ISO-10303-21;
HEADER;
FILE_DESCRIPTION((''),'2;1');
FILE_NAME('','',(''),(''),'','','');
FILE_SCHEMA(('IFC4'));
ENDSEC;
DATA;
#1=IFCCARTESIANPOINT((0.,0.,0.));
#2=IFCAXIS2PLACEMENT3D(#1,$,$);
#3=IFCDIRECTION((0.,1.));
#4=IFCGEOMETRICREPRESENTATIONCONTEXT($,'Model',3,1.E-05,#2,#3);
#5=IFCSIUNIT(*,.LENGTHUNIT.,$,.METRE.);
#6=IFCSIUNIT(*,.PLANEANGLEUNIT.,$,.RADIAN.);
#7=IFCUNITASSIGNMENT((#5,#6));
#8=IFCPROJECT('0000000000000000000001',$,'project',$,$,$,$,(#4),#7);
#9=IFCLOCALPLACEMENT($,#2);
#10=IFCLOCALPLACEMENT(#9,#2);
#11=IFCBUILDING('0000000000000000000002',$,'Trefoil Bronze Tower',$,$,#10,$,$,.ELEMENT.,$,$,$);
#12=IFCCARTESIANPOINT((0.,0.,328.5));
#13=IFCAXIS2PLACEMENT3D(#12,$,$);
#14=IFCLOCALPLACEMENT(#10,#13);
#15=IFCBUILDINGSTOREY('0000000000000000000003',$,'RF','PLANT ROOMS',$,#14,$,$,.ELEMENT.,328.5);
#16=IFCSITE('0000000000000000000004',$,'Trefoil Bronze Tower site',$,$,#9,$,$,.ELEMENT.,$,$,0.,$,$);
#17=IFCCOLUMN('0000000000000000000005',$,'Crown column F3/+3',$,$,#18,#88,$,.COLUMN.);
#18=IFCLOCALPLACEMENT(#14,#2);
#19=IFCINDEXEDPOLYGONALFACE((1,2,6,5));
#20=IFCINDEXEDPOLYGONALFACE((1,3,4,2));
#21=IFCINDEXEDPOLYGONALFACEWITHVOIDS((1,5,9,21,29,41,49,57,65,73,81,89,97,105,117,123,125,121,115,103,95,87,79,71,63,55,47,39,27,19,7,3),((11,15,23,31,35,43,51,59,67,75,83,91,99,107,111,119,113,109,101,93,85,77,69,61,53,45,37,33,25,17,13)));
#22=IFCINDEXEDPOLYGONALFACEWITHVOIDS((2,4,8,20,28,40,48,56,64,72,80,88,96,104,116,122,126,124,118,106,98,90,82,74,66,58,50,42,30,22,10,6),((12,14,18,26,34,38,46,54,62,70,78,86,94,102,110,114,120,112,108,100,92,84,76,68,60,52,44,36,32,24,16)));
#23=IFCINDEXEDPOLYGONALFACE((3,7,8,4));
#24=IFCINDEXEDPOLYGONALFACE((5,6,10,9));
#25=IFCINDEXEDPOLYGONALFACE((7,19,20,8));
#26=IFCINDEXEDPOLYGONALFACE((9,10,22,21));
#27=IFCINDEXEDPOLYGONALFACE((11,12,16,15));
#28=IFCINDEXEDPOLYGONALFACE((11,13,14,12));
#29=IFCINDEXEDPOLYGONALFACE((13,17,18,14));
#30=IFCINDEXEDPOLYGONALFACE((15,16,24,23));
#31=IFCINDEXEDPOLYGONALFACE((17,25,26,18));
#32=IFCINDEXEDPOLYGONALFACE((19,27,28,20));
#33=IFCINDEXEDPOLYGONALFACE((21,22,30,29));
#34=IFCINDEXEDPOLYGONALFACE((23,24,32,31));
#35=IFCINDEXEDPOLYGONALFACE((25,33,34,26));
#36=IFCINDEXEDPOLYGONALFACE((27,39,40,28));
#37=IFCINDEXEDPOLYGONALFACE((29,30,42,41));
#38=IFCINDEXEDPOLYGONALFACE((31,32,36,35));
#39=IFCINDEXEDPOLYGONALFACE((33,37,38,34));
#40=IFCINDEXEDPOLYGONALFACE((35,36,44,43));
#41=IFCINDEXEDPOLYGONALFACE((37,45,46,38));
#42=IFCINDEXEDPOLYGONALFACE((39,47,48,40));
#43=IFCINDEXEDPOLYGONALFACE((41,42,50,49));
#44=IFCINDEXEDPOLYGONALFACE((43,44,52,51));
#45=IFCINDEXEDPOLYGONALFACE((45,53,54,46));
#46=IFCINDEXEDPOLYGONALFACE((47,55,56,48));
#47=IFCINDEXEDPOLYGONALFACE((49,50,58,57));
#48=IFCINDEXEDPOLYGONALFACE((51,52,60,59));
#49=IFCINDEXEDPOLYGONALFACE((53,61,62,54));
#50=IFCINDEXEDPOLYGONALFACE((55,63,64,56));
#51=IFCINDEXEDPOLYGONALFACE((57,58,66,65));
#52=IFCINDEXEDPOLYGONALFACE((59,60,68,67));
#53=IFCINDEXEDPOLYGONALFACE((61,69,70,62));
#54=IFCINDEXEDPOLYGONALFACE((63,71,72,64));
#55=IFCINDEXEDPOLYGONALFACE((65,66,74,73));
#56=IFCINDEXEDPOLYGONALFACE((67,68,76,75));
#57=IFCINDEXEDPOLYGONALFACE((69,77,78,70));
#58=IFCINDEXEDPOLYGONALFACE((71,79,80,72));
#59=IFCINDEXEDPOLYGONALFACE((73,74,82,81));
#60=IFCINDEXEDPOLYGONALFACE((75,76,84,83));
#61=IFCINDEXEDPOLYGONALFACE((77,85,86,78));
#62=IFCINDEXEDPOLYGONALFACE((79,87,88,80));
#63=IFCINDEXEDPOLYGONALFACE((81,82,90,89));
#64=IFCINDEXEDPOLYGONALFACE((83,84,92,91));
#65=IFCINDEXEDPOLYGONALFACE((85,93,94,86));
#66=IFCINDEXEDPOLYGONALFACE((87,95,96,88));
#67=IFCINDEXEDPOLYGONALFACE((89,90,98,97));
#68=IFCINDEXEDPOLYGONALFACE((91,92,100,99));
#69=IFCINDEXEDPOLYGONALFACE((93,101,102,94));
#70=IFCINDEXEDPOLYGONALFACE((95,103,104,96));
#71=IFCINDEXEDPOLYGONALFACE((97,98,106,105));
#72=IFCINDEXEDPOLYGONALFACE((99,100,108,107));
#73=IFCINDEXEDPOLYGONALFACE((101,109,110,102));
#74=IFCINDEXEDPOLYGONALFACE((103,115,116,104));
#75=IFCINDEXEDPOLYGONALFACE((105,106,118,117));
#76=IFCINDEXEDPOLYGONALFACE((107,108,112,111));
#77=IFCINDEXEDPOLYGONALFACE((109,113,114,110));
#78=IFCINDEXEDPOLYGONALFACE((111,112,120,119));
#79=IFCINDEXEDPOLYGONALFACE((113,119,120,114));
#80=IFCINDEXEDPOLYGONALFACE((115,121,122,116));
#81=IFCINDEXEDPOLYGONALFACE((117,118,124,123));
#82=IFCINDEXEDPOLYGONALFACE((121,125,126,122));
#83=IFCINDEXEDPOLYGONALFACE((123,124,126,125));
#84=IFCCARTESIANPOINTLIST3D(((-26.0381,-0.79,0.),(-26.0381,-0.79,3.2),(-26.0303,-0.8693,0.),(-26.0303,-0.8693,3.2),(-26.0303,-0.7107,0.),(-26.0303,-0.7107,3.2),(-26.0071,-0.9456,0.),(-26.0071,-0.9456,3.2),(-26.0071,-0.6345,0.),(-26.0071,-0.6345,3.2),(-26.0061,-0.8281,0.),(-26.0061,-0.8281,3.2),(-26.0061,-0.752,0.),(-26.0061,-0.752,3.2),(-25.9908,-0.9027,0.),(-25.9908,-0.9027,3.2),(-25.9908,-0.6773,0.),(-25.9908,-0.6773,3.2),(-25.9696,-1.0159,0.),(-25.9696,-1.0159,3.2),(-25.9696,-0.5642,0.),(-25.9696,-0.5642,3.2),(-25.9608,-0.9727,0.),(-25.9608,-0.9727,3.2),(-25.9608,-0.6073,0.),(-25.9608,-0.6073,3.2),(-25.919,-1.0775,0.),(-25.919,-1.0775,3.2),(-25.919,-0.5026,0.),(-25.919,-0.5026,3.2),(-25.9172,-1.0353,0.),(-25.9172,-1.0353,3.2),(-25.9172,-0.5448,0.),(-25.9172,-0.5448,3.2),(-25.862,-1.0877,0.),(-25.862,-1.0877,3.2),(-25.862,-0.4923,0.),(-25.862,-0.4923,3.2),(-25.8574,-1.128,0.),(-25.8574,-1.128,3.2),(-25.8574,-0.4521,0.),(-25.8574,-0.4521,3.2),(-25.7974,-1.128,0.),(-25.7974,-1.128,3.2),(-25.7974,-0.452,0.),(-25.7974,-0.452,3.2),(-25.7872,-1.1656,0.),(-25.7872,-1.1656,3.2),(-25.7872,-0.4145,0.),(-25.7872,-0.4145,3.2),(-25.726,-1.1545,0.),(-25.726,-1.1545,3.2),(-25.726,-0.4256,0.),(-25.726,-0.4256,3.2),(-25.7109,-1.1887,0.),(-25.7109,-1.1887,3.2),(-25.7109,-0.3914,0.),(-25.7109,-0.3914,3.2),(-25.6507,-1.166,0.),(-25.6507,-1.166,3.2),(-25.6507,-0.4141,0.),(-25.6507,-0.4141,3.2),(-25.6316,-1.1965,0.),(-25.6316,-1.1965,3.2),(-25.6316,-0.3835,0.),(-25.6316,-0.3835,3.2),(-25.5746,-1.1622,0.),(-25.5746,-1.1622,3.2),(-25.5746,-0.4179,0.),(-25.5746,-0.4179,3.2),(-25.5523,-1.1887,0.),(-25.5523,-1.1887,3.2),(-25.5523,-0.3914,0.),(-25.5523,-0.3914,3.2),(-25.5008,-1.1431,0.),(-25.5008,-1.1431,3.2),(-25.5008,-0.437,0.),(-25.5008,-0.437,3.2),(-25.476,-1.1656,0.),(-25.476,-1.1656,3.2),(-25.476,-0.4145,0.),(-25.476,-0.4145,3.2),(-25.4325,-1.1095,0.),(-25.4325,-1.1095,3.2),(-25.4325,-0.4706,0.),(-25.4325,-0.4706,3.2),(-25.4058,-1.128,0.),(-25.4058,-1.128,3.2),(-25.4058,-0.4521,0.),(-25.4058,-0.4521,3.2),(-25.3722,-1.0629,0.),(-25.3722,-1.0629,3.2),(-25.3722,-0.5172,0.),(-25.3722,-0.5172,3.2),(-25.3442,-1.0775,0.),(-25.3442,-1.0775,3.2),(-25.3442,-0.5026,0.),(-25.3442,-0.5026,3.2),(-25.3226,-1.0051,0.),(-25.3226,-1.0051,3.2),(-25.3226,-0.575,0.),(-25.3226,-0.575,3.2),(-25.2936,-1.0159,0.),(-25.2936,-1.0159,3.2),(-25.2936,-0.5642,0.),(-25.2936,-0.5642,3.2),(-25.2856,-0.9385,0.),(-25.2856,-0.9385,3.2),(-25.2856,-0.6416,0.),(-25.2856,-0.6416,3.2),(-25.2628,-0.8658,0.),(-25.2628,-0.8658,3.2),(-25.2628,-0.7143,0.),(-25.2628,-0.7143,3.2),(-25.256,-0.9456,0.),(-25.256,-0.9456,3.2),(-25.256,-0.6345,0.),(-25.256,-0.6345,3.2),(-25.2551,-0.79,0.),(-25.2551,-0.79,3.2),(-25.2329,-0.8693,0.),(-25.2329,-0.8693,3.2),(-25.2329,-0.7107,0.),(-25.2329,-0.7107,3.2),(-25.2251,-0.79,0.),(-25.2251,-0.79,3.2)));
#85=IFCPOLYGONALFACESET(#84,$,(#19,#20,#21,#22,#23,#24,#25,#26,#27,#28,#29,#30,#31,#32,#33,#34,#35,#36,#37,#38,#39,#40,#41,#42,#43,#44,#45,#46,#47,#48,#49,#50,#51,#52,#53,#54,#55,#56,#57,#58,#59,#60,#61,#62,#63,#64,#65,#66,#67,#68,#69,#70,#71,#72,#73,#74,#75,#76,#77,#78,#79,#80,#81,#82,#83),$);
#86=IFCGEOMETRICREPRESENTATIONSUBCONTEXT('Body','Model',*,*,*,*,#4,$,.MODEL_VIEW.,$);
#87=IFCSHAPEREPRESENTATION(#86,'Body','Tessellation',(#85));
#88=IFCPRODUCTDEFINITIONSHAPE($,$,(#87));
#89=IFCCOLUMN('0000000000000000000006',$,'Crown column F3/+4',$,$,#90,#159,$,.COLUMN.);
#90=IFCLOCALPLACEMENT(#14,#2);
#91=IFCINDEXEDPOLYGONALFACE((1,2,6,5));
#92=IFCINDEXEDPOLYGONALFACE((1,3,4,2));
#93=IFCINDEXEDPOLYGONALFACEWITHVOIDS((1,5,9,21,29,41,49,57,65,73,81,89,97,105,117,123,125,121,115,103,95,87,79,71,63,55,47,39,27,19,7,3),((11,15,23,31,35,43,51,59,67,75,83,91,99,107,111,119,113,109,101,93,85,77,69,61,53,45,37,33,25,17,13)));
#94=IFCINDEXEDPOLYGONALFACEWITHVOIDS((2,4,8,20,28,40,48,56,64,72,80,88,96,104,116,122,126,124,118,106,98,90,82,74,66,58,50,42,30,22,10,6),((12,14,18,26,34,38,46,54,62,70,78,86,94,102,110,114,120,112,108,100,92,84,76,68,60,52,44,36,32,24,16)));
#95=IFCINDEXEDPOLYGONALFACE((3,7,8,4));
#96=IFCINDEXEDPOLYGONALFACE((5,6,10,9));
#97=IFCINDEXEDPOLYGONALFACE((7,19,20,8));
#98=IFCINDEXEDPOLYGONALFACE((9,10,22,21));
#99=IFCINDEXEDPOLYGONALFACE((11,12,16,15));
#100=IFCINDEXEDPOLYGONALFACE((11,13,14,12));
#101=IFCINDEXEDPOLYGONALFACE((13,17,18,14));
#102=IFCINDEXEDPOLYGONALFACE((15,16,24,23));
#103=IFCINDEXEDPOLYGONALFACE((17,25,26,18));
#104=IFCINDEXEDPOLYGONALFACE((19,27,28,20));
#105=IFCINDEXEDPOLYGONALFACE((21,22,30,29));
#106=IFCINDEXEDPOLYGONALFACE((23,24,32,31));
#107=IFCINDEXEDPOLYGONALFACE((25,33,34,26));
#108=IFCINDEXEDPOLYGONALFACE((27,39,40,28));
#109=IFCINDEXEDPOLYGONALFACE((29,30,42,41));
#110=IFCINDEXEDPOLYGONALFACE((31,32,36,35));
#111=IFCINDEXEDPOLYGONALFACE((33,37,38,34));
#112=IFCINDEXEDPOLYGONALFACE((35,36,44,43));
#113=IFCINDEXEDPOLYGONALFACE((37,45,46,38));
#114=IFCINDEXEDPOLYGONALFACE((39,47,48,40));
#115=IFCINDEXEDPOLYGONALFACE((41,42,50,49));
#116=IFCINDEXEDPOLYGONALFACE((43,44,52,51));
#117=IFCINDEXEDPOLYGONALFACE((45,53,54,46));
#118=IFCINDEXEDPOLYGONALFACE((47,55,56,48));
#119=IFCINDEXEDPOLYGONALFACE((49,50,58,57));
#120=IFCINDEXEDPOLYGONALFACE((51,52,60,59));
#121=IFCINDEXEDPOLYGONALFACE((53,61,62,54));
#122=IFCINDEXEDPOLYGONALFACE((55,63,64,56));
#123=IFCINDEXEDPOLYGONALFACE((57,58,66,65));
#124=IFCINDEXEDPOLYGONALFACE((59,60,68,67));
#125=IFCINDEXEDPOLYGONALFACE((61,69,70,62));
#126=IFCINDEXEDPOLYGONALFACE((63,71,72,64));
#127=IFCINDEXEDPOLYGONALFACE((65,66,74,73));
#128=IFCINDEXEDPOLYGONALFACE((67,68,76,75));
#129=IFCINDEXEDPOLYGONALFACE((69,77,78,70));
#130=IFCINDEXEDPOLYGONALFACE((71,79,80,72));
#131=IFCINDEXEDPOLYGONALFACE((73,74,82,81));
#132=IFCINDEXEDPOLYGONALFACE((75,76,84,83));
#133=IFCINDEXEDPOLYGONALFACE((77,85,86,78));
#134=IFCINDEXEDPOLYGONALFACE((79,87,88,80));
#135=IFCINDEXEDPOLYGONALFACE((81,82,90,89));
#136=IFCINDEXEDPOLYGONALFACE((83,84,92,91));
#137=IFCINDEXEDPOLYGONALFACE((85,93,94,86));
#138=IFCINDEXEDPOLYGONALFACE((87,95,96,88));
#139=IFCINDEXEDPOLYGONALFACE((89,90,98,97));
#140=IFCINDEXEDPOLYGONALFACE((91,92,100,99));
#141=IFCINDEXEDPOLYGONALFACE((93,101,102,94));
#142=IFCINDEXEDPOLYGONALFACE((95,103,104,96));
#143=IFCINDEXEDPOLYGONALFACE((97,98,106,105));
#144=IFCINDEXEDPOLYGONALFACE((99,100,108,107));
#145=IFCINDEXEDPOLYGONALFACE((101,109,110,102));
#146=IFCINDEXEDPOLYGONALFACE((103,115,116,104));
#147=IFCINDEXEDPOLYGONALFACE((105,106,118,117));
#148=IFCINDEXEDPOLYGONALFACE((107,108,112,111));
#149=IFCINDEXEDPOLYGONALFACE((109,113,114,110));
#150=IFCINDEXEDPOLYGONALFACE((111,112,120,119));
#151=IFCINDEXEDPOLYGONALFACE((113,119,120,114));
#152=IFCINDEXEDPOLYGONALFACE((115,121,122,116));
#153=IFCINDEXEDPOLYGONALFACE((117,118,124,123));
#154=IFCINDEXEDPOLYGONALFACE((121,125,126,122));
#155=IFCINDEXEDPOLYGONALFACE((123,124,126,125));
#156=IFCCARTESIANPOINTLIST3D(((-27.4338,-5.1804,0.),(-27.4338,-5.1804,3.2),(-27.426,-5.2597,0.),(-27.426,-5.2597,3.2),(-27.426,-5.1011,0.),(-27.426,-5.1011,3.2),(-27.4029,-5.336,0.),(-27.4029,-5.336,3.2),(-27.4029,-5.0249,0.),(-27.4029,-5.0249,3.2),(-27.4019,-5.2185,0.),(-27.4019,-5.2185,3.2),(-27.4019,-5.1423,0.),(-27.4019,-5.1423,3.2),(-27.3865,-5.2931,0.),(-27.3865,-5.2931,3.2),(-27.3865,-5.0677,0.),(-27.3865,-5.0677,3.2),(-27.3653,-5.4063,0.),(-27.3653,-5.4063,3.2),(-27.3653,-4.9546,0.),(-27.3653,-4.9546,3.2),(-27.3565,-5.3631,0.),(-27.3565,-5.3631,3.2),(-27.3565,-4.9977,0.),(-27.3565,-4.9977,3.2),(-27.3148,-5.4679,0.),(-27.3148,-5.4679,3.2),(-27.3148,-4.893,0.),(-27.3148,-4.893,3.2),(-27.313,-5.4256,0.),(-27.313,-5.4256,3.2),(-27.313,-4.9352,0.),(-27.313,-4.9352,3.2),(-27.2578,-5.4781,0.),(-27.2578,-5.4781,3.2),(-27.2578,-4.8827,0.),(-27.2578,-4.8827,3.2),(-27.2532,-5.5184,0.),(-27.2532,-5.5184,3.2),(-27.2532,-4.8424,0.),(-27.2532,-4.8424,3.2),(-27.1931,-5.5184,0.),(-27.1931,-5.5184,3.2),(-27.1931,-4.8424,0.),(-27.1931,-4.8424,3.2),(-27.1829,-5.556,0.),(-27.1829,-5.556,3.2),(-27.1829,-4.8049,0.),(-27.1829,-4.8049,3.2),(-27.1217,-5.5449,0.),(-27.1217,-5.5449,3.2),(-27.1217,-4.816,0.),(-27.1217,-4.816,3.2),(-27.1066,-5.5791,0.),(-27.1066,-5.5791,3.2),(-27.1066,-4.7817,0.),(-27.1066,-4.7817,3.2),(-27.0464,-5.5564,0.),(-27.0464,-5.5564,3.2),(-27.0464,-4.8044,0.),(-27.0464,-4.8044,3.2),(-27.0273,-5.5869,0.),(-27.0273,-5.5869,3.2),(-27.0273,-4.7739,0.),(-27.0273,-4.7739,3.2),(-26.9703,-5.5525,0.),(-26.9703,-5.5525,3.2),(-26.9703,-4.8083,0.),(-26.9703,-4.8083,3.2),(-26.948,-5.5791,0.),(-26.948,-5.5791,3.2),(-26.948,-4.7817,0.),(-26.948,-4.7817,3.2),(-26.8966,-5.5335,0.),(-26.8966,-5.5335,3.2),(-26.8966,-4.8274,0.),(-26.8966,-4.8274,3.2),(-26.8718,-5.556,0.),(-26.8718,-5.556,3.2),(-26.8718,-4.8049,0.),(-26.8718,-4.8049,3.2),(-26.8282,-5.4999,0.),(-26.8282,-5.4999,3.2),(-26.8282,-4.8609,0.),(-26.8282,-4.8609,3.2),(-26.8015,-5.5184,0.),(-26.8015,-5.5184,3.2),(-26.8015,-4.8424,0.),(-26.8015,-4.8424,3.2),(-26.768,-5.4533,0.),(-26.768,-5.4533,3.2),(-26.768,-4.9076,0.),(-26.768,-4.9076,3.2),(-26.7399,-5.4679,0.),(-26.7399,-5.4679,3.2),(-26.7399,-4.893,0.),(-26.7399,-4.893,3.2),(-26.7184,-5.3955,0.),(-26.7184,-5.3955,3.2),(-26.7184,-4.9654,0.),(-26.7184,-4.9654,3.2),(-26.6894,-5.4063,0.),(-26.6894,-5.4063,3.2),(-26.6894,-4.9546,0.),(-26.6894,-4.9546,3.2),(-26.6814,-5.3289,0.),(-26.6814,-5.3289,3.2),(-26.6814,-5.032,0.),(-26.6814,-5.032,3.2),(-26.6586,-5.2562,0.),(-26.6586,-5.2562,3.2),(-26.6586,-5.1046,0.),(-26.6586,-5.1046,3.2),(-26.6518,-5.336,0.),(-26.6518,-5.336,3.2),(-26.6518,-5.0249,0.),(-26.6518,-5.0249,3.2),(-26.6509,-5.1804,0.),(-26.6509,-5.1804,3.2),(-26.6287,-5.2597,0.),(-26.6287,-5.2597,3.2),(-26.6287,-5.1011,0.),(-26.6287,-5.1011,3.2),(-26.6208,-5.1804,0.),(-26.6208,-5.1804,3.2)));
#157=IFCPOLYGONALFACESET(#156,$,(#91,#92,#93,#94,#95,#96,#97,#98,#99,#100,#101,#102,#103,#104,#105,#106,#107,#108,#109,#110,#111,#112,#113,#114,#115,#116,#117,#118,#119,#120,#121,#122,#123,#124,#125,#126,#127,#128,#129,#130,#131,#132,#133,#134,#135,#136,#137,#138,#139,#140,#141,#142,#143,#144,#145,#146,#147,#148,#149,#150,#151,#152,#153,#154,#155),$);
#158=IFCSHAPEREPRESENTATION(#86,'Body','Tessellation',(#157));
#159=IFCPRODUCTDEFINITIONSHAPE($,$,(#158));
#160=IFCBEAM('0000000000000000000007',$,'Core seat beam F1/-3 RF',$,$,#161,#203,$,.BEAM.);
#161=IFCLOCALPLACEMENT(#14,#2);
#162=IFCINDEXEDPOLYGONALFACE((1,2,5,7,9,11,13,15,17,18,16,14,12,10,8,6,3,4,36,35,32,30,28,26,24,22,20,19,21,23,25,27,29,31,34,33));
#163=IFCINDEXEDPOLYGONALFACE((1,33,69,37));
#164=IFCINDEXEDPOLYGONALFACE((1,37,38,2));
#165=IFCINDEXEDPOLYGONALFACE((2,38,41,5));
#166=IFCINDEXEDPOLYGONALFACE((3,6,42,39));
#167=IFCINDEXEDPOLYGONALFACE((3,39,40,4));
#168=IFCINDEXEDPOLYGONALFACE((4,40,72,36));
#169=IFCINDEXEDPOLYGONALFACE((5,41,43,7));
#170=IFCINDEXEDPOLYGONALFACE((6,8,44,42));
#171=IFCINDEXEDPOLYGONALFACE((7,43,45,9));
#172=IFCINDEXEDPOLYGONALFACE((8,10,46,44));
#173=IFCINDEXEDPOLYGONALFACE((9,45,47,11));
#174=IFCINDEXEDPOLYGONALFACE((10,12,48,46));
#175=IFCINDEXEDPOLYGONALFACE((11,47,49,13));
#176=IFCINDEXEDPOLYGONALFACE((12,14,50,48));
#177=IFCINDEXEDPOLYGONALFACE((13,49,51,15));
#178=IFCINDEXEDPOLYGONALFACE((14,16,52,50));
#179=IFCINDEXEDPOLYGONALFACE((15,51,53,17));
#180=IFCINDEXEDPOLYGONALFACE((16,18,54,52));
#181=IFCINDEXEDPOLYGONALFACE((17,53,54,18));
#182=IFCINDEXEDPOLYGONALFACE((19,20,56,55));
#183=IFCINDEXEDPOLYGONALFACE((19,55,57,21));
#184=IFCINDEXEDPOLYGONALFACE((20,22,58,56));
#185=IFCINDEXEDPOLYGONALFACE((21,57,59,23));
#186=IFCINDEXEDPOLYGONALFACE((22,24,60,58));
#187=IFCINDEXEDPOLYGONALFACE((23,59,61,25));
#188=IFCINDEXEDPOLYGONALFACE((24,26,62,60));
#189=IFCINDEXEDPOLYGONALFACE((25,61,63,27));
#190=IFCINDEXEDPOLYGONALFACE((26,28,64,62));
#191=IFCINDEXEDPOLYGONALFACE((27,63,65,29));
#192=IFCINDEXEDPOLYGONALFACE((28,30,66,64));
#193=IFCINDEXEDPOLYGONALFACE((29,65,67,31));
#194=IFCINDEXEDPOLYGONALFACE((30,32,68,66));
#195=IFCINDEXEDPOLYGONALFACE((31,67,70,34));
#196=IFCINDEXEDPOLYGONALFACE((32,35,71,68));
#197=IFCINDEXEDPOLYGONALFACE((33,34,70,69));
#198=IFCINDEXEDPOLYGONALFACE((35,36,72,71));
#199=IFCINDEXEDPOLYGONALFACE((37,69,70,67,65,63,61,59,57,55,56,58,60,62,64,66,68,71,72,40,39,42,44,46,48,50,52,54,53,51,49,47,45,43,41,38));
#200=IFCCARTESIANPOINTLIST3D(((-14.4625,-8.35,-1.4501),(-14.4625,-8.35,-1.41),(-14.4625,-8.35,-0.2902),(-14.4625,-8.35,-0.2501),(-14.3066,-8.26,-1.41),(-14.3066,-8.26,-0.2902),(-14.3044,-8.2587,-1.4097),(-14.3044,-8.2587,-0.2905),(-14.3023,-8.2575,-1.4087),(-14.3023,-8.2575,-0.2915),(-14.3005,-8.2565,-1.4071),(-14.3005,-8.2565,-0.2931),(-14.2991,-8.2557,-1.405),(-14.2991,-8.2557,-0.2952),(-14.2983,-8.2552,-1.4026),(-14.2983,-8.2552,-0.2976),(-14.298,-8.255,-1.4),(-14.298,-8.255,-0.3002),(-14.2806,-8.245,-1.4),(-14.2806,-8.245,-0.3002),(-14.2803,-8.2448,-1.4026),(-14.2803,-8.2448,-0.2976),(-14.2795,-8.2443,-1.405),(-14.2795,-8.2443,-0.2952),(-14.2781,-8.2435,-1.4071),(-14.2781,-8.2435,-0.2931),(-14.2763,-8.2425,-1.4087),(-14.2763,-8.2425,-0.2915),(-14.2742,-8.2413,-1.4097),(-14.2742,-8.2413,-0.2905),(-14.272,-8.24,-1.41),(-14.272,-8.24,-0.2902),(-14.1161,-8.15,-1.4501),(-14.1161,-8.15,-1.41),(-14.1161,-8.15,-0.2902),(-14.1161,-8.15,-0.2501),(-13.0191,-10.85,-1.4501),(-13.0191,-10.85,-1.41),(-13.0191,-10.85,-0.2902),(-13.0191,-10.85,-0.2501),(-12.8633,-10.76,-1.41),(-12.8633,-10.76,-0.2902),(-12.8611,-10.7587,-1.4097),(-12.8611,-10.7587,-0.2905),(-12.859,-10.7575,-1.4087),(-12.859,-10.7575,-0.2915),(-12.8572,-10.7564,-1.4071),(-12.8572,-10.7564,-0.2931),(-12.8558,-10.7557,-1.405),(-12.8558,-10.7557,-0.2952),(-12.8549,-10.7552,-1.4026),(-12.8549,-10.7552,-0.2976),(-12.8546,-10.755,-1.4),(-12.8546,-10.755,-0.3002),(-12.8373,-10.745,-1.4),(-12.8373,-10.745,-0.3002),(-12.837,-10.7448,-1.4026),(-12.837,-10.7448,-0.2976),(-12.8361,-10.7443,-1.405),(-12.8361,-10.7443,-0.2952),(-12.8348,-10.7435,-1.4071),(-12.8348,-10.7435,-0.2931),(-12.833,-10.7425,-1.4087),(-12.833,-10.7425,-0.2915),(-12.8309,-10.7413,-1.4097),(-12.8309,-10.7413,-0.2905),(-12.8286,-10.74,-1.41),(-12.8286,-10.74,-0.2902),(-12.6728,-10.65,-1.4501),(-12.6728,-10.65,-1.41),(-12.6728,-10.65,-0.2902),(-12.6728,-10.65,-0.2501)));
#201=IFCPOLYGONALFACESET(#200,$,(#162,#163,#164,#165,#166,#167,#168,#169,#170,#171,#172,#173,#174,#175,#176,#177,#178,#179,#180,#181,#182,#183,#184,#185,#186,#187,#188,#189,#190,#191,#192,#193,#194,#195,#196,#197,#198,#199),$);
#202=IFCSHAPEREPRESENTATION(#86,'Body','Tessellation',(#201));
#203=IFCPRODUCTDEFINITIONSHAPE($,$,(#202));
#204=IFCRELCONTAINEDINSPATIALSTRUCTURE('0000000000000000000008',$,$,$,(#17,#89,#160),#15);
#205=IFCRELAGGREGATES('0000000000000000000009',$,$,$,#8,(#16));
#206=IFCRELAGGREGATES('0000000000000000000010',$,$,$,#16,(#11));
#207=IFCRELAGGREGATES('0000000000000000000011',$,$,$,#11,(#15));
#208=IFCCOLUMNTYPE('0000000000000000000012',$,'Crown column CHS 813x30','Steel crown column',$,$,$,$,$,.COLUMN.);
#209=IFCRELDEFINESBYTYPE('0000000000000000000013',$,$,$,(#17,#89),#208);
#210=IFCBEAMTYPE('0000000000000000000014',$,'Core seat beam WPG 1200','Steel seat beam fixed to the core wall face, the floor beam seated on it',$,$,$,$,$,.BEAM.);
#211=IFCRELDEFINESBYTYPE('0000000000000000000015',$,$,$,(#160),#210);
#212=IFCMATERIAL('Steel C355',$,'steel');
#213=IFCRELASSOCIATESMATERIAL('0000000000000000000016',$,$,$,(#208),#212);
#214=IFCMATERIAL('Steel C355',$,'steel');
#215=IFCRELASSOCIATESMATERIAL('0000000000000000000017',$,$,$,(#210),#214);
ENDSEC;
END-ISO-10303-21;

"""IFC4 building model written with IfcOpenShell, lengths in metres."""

from ifc_helpers import new_model, si_unit, direction, frame, origin, origin_2d, place, context, subcontext, project, spatial, hollow_circle, i_section, extrude, material, material_profile, profile_set, type_object, element, save


model = new_model("IFC4")

# Units and contexts
model_context = context("Model", 3, precision=1e-05, world=origin(), true_north=direction((0.0, 1.0)))
body_context = subcontext(model_context, "Body", "Model", "MODEL_VIEW")
ifc_project = project(units=[si_unit("LENGTHUNIT", "METRE"), si_unit("PLANEANGLEUNIT", "RADIAN")], contexts=[model_context])

# Site, building, storey
site_placement = place(None, origin())
site = spatial("IfcSite", under=ifc_project, at=site_placement, Name="Trefoil Bronze Tower site", CompositionType="ELEMENT", RefElevation=0.0)
building_placement = place(site_placement, origin())
building = spatial("IfcBuilding", under=site, at=building_placement, Name="Trefoil Bronze Tower", CompositionType="ELEMENT")
storey_placement = place(building_placement, frame((0.0, 0.0, 328.5)))
storey = spatial("IfcBuildingStorey", under=building, at=storey_placement, Name="RF", Description="PLANT ROOMS", CompositionType="ELEMENT", Elevation=328.5)

# Columns
ifc_material_1 = material(Name="Steel C355", Category="steel")
ifc_material_profile_1 = material_profile(ifc_material_1, hollow_circle(Radius=0.4065, WallThickness=0.03, at=origin_2d()), Name="CHS 813x30")
ifc_profile_set_1 = profile_set([ifc_material_profile_1], Name="Steel C355")
column_type = type_object("IfcColumnType", Name="Crown column CHS 813x30", Description="Steel crown column", PredefinedType="COLUMN", material=ifc_profile_set_1)
for number, where, z_axis, x_axis, name in (
    (1, (-25.6316, -0.79, 0.0), (0.0, 0.0, 1.0), (1.0, 0.0, 0.0), "Crown column F3/+3"),
    (2, (-27.0273, -5.1804, 0.0), (0.0, 0.0, 1.0), (1.0, 0.0, 0.0), "Crown column F3/+4"),
):
    element("IfcColumn", number, at=place(storey_placement, frame(where, z_axis=z_axis, x_axis=x_axis)), inside=storey, type_object=column_type, Name=name, PredefinedType="COLUMN", context=body_context, shape_type="SweptSolid", body=[
        extrude(hollow_circle(Radius=0.4065, WallThickness=0.03, at=origin_2d()), origin(), (0.0, 0.0, 1.0), 3.2),
    ])

# Beam
ifc_material_2 = material(Name="Steel C355", Category="steel")
ifc_material_profile_2 = material_profile(ifc_material_2, i_section(OverallWidth=0.3999, OverallDepth=1.2, WebThickness=0.02, FlangeThickness=0.04, FilletRadius=0.01, at=origin_2d()), Name="WPG 1200")
ifc_profile_set_2 = profile_set([ifc_material_profile_2], Name="Steel C355")
beam_type_1 = type_object("IfcBeamType", Name="Core seat beam WPG 1200", Description="Steel seat beam fixed to the core wall face, the floor beam seated on it", PredefinedType="BEAM", material=ifc_profile_set_2)
beam_1_placement = place(storey_placement, frame((-14.2893, -8.25, -0.8501), z_axis=(0.499996, -0.866028, 0.0), x_axis=(0.866028, 0.499996, 0.0)))
element("IfcBeam", 3, at=beam_1_placement, inside=storey, type_object=beam_type_1, Name="Core seat beam F1/-3 RF", PredefinedType="BEAM", context=body_context, shape_type="SweptSolid", body=[
    extrude(i_section(OverallWidth=0.3999, OverallDepth=1.2, WebThickness=0.02, FlangeThickness=0.04, FilletRadius=0.01, at=origin_2d()), origin(), (0.0, 0.0, 1.0), 2.8867),
])

save(model, "model.ifc")
